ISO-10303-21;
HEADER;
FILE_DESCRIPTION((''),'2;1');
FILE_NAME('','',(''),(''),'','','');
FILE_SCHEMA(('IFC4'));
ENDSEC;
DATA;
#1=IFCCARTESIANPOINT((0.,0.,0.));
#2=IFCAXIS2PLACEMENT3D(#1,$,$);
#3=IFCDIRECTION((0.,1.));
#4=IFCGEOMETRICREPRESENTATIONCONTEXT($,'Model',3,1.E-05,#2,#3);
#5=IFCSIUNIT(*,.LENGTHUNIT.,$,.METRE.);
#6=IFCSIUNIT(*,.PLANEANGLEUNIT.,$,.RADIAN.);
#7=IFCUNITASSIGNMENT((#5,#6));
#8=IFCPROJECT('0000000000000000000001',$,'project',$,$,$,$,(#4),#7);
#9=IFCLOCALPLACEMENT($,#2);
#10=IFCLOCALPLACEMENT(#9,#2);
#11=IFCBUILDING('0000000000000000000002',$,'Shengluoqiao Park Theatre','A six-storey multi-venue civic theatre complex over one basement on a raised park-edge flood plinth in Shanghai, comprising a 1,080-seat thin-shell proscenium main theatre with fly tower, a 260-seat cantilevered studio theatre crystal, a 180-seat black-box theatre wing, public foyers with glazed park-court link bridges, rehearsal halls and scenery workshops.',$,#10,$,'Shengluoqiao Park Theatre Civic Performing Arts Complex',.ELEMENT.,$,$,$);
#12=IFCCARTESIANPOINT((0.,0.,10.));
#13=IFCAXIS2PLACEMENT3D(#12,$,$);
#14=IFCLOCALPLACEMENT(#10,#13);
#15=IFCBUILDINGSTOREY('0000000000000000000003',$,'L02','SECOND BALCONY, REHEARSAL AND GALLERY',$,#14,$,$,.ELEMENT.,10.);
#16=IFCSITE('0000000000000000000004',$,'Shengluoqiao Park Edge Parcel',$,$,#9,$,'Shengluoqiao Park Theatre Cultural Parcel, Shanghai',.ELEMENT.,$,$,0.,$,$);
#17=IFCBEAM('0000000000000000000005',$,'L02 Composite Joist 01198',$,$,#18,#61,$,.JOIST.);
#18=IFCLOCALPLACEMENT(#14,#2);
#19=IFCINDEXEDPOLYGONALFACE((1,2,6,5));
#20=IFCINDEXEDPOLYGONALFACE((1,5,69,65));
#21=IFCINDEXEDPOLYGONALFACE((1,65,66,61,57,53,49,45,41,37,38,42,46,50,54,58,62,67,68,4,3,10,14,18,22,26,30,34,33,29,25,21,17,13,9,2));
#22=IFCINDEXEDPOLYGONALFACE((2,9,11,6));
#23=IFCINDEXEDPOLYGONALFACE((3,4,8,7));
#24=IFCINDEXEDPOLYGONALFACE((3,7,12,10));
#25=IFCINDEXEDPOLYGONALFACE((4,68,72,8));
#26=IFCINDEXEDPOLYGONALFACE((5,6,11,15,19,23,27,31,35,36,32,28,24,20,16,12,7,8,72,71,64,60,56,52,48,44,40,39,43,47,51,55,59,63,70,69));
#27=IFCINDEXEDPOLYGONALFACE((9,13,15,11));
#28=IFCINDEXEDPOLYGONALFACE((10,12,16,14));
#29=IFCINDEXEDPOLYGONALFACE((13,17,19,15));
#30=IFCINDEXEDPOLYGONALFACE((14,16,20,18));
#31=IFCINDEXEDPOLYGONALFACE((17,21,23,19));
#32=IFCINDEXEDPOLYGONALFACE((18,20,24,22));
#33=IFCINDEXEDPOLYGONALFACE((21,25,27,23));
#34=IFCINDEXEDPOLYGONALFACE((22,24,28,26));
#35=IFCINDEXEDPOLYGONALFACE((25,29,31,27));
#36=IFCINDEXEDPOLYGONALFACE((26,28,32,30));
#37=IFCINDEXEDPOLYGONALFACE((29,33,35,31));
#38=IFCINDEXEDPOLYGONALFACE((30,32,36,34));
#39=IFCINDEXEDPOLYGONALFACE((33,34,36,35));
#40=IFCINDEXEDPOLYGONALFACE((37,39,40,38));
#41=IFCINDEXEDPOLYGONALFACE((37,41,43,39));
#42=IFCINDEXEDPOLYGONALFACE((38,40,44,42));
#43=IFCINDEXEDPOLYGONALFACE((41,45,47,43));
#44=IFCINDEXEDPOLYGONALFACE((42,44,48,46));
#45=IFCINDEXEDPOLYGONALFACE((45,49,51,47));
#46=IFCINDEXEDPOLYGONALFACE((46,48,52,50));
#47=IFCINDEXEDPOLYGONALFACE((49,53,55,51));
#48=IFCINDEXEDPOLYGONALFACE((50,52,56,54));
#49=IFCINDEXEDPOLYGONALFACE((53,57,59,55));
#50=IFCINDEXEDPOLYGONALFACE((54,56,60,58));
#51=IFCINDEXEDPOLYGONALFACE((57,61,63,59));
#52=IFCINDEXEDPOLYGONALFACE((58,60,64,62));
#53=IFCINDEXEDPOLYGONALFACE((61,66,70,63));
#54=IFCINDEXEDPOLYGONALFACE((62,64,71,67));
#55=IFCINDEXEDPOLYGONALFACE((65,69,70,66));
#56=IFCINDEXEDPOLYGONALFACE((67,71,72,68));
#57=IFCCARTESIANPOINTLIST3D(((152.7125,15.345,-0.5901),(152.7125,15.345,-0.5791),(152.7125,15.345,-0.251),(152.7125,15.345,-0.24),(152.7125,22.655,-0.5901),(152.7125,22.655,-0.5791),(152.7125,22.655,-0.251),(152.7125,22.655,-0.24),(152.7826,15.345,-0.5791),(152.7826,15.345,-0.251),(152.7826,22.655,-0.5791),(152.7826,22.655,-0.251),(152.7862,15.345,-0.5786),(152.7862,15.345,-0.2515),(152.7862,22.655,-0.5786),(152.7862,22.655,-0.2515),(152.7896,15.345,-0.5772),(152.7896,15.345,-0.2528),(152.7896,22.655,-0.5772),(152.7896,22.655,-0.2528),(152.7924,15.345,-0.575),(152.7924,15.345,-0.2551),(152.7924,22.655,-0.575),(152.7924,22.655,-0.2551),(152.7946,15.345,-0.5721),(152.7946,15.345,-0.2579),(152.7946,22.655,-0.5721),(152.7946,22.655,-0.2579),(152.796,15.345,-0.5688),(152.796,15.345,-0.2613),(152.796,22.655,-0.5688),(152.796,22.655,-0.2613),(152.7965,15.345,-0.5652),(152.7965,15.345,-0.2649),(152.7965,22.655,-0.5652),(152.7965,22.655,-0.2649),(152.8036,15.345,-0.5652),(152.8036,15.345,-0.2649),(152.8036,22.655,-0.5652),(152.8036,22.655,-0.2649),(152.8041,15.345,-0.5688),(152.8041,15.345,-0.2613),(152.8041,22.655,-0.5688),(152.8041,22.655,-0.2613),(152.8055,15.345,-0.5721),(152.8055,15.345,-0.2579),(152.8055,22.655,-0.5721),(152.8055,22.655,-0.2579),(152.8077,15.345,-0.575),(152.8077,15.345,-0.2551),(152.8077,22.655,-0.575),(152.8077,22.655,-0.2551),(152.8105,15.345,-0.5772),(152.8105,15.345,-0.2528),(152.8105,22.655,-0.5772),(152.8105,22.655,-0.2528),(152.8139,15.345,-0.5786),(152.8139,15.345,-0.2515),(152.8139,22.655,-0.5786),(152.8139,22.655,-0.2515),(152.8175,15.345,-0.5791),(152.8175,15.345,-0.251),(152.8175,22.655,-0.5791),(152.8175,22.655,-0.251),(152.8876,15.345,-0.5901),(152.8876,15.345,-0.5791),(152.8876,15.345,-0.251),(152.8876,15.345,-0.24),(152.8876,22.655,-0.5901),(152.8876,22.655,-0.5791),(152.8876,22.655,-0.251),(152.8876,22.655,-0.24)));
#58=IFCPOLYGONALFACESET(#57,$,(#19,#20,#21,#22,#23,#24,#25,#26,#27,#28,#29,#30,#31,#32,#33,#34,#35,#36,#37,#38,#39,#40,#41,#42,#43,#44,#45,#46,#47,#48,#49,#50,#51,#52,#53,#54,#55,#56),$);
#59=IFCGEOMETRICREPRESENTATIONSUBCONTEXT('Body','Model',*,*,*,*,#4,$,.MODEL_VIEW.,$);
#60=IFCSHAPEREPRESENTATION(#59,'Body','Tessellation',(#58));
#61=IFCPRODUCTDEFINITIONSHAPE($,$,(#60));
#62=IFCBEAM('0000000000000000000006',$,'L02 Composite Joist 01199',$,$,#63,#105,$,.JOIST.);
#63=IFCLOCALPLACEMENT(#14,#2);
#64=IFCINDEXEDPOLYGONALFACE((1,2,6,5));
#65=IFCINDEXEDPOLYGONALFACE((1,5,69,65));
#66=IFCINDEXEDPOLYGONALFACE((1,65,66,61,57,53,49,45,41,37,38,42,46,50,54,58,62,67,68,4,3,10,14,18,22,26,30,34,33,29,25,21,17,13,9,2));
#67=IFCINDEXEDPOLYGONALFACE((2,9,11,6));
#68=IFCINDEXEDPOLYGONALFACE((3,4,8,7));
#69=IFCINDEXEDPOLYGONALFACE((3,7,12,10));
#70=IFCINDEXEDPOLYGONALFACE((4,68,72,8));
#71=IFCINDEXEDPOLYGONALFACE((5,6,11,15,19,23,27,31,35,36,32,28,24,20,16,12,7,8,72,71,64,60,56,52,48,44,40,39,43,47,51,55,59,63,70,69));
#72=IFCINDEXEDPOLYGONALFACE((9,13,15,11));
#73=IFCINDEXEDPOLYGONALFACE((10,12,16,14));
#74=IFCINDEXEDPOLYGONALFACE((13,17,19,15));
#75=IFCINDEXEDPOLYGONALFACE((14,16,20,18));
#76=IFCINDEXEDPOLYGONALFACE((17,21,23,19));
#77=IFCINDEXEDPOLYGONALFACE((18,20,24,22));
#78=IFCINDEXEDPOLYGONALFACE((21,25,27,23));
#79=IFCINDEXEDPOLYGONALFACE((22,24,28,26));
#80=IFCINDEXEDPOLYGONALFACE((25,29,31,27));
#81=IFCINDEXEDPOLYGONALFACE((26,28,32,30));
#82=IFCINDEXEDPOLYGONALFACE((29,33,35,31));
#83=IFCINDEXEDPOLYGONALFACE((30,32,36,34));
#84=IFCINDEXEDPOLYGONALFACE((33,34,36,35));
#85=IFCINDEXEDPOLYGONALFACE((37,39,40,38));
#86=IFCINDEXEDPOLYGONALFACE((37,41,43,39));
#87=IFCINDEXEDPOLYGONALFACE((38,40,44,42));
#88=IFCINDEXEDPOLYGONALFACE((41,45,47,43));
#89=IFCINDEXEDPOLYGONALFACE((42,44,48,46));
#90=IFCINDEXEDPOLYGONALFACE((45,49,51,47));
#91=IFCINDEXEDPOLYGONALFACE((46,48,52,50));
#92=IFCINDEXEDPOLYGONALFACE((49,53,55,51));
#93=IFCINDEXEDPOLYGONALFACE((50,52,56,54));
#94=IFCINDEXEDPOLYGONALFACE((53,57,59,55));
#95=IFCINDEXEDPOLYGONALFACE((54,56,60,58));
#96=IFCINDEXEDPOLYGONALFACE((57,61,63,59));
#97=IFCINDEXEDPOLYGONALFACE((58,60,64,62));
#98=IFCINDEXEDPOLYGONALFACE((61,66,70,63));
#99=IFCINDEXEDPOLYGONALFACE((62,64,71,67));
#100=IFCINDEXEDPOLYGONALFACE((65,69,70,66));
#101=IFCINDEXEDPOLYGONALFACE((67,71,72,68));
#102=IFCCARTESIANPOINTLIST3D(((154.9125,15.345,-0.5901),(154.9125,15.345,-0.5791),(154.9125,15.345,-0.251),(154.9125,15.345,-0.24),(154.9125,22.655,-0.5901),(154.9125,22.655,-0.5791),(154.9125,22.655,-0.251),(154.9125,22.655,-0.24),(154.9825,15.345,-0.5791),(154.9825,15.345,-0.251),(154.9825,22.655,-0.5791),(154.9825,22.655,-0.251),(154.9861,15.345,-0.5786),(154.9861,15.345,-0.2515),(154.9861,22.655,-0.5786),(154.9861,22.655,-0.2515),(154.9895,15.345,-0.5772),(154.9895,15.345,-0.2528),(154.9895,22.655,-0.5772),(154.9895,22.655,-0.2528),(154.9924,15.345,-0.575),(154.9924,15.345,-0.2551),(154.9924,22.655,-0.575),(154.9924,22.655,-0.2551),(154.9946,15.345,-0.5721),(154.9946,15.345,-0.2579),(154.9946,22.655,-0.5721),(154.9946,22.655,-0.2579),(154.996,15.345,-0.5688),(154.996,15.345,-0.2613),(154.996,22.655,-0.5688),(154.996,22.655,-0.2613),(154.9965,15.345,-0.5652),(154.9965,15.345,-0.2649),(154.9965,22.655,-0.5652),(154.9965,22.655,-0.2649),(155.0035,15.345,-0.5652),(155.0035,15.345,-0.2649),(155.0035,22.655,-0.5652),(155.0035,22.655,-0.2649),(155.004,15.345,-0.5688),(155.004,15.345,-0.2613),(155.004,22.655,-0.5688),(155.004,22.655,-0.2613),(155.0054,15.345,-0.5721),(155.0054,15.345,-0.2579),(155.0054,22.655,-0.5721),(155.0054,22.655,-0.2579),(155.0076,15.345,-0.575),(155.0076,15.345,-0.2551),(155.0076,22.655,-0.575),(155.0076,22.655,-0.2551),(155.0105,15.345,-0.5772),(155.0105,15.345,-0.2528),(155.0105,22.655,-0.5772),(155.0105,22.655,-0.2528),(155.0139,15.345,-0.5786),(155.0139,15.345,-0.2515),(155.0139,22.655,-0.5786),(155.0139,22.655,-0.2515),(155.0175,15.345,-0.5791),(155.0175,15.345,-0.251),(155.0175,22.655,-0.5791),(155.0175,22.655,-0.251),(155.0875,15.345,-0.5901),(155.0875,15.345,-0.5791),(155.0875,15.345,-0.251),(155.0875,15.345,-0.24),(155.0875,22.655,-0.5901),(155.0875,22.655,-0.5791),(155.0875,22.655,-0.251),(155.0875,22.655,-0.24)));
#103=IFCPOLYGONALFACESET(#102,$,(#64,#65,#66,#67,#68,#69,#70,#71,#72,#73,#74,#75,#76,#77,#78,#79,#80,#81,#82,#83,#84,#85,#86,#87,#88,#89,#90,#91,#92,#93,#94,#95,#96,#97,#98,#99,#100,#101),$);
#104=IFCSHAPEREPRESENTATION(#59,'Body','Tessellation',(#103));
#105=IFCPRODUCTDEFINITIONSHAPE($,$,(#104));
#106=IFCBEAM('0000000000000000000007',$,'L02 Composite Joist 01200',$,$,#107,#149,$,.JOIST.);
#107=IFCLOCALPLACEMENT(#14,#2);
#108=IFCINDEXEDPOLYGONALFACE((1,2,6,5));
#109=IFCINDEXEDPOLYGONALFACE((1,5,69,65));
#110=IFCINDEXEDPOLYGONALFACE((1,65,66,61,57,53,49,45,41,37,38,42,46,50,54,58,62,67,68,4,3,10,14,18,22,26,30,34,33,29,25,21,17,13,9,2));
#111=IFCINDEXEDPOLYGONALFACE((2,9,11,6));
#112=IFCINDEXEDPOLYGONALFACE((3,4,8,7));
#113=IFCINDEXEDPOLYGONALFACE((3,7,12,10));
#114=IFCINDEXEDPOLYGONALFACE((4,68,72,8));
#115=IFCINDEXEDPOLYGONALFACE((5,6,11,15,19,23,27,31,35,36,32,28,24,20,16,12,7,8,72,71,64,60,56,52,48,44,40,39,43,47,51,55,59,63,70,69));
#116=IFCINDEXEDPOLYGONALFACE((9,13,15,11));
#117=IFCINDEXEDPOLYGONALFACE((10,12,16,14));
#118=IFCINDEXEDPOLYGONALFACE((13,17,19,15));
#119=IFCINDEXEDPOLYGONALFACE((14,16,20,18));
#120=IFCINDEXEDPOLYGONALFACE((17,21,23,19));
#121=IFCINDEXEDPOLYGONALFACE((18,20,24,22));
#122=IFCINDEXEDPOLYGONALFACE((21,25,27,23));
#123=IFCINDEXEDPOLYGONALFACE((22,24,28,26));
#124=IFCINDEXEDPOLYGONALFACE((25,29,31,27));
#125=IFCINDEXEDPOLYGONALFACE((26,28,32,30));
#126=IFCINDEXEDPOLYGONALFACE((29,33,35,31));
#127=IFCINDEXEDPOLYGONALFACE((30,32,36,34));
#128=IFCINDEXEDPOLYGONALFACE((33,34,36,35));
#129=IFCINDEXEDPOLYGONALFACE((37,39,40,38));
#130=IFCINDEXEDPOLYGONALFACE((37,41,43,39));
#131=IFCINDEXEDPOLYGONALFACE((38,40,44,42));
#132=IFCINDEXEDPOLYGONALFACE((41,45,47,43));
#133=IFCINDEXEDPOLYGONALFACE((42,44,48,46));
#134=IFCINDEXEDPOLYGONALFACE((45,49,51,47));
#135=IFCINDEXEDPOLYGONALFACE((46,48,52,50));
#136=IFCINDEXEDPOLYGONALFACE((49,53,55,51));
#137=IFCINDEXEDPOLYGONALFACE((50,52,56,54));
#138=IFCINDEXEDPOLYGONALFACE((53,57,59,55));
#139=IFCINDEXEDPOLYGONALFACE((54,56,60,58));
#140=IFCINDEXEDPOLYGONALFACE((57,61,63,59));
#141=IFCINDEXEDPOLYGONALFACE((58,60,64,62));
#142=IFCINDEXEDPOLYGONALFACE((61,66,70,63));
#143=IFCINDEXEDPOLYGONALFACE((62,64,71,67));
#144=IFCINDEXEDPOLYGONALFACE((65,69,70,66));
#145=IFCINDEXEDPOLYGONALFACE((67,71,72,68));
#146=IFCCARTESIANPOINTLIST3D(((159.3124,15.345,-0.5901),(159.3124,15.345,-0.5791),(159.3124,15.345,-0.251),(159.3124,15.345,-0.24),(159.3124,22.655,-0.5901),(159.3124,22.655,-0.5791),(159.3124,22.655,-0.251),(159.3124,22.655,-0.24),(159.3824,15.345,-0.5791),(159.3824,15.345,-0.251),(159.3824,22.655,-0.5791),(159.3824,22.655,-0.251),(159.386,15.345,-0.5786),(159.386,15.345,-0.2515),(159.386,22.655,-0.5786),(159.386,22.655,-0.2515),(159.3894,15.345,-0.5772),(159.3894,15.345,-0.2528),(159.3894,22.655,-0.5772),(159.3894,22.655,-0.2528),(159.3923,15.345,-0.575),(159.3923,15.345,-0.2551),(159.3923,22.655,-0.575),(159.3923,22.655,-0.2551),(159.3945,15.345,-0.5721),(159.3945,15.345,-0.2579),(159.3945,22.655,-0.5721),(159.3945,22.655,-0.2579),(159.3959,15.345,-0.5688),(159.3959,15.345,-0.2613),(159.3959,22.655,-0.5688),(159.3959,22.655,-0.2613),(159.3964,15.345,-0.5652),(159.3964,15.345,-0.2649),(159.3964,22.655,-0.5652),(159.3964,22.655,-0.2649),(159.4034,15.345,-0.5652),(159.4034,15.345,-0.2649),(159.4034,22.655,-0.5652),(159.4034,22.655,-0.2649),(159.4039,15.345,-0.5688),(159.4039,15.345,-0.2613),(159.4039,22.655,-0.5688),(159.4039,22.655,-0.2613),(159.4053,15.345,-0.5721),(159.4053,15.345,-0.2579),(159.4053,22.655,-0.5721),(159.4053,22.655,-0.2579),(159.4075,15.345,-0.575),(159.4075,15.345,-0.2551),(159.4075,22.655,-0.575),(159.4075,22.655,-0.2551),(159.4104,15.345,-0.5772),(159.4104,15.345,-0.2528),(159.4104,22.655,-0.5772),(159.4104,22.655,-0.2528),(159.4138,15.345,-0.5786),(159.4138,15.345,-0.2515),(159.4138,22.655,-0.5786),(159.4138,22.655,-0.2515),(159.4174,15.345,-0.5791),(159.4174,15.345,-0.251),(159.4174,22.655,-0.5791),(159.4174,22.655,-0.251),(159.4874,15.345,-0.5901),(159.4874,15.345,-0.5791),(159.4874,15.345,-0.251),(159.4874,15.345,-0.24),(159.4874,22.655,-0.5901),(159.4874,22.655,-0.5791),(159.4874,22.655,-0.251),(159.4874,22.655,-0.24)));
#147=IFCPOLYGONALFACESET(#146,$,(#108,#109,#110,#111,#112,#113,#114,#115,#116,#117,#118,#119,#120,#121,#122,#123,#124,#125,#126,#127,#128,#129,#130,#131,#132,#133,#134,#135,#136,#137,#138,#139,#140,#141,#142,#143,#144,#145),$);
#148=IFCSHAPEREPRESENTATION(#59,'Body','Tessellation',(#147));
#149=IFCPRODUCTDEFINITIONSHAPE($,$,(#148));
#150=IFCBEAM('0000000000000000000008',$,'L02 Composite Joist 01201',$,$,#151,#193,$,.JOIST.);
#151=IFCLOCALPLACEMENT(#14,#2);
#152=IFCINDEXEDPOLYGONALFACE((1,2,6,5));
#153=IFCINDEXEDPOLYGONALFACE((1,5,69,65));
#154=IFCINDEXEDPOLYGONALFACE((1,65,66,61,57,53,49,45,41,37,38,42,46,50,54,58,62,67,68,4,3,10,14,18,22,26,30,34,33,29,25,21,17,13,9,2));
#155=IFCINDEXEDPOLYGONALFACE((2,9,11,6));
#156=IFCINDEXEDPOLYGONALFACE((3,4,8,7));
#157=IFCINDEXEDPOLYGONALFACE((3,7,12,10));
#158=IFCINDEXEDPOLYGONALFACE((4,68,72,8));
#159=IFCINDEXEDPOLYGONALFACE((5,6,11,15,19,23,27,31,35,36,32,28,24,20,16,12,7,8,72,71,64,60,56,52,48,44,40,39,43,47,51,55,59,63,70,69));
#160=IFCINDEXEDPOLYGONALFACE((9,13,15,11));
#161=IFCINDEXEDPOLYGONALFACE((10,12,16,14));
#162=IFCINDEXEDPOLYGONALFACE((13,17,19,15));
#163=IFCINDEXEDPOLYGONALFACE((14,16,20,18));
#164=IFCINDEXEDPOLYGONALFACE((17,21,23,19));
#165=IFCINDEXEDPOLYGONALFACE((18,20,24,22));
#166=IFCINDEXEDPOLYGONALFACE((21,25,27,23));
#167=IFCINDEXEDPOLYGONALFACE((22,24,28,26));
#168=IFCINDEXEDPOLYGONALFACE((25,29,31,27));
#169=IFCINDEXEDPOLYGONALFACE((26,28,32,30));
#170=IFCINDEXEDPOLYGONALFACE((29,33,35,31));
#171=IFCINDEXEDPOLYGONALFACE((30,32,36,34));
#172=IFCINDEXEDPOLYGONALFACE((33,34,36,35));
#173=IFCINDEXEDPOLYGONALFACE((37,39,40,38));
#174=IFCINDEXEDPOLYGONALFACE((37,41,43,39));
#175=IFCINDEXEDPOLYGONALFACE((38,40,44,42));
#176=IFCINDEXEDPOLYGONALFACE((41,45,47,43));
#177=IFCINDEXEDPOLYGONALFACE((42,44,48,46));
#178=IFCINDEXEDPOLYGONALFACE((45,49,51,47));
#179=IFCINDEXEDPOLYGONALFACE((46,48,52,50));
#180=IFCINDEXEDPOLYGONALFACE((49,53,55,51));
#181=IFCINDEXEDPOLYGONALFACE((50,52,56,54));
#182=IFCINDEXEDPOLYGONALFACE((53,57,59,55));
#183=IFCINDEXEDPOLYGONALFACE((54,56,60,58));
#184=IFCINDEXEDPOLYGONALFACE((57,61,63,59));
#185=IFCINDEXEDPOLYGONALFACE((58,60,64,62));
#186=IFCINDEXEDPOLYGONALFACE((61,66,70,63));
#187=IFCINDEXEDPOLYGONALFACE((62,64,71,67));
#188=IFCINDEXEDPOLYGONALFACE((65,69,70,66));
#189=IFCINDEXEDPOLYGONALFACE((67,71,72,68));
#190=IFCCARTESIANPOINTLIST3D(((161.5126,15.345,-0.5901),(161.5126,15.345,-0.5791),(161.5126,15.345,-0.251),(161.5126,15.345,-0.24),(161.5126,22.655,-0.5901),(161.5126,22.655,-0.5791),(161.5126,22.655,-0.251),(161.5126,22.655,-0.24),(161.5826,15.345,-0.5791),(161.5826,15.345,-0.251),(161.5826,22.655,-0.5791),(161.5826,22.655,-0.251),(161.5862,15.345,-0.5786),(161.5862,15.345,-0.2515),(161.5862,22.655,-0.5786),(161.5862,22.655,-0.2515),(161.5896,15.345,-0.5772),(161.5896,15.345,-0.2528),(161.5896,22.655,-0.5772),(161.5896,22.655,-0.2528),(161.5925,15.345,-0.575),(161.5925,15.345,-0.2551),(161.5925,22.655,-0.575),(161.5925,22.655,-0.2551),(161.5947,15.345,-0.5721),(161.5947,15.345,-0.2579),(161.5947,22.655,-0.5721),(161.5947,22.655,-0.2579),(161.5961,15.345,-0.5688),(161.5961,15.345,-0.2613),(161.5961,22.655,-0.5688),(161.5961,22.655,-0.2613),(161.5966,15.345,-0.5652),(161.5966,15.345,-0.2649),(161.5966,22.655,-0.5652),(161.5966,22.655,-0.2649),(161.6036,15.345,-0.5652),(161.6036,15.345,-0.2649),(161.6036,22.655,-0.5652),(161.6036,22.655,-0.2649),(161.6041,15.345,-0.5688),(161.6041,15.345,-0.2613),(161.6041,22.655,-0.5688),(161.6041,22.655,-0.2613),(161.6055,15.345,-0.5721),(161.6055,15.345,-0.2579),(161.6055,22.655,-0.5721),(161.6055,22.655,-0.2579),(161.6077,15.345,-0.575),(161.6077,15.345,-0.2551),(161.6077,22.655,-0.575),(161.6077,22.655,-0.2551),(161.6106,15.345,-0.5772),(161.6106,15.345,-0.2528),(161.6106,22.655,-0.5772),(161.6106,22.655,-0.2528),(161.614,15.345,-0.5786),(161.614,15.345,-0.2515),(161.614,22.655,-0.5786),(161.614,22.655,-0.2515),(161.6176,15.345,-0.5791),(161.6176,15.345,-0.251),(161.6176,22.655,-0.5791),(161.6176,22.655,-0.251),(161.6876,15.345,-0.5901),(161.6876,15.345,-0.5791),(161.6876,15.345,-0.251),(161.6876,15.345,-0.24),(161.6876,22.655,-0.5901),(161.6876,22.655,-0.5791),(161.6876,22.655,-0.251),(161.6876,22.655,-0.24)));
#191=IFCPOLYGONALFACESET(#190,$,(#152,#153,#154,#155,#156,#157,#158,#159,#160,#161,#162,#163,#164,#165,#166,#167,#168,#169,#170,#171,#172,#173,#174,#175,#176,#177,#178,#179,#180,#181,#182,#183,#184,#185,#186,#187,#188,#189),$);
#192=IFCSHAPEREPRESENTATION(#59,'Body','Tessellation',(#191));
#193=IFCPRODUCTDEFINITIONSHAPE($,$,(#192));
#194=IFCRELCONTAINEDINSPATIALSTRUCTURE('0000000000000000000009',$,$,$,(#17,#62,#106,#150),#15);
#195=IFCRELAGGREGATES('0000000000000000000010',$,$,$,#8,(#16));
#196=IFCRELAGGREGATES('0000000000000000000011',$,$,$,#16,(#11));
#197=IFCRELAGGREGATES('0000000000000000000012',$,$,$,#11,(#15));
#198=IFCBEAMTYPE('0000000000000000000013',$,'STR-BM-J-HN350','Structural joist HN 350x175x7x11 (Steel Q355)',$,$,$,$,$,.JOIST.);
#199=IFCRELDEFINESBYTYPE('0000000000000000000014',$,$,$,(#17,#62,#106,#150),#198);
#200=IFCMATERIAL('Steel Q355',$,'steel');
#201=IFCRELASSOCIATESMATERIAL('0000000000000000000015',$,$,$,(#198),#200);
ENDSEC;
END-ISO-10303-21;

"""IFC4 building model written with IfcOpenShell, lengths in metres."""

from ifc_helpers import new_model, si_unit, direction, frame, origin, origin_2d, place, context, subcontext, project, spatial, i_section, extrude, material, material_profile, profile_set, type_object, element, save


model = new_model("IFC4")

# Units and contexts
model_context = context("Model", 3, precision=1e-05, world=origin(), true_north=direction((0.0, 1.0)))
body_context = subcontext(model_context, "Body", "Model", "MODEL_VIEW")
ifc_project = project(units=[si_unit("LENGTHUNIT", "METRE"), si_unit("PLANEANGLEUNIT", "RADIAN")], contexts=[model_context])

# Site, building, storey
site_placement = place(None, origin())
site = spatial("IfcSite", under=ifc_project, at=site_placement, Name="Shengluoqiao Park Edge Parcel", LongName="Shengluoqiao Park Theatre Cultural Parcel, Shanghai", CompositionType="ELEMENT", RefElevation=0.0)
building_placement = place(site_placement, origin())
building = spatial("IfcBuilding", under=site, at=building_placement, Name="Shengluoqiao Park Theatre", Description="A six-storey multi-venue civic theatre complex over one basement on a raised park-edge flood plinth in Shanghai, comprising a 1,080-seat thin-shell proscenium main theatre with fly tower, a 260-seat cantilevered studio theatre crystal, a 180-seat black-box theatre wing, public foyers with glazed park-court link bridges, rehearsal halls and scenery workshops.", LongName="Shengluoqiao Park Theatre Civic Performing Arts Complex", CompositionType="ELEMENT")
storey_placement = place(building_placement, frame((0.0, 0.0, 10.0)))
storey = spatial("IfcBuildingStorey", under=building, at=storey_placement, Name="L02", Description="SECOND BALCONY, REHEARSAL AND GALLERY", CompositionType="ELEMENT", Elevation=10.0)

# Beams
ifc_material_1 = material(Name="Steel Q355", Category="steel")
ifc_material_profile_1 = material_profile(ifc_material_1, i_section(OverallWidth=0.175, OverallDepth=0.3501, WebThickness=0.0071, FlangeThickness=0.011, FilletRadius=0.0139, at=origin_2d()), Name="HN 350x175x7x11")
ifc_profile_set_1 = profile_set([ifc_material_profile_1], Name="Steel Q355")
beam_type_1 = type_object("IfcBeamType", Name="STR-BM-J-HN350", Description="Structural joist HN 350x175x7x11 (Steel Q355)", PredefinedType="JOIST", material=ifc_profile_set_1)
for number, where, z_axis, x_axis, name in (
    (1, (152.8, 15.345, -0.415), (0.0, 1.0, 0.0), (-1.0, 0.0, 0.0), "L02 Composite Joist 01198"),
    (2, (155.0, 15.345, -0.415), (0.0, 1.0, 0.0), (-1.0, 0.0, 0.0), "L02 Composite Joist 01199"),
    (3, (159.3999, 15.345, -0.415), (0.0, 1.0, 0.0), (-1.0, 0.0, 0.0), "L02 Composite Joist 01200"),
    (4, (161.6001, 15.345, -0.415), (0.0, 1.0, 0.0), (-1.0, 0.0, 0.0), "L02 Composite Joist 01201"),
):
    element("IfcBeam", number, at=place(storey_placement, frame(where, z_axis=z_axis, x_axis=x_axis)), inside=storey, type_object=beam_type_1, Name=name, PredefinedType="JOIST", context=body_context, shape_type="SweptSolid", body=[
        extrude(i_section(OverallWidth=0.175, OverallDepth=0.3501, WebThickness=0.0071, FlangeThickness=0.011, FilletRadius=0.0139, at=origin_2d()), origin(), (0.0, 0.0, 1.0), 7.3101),
    ])

save(model, "model.ifc")
